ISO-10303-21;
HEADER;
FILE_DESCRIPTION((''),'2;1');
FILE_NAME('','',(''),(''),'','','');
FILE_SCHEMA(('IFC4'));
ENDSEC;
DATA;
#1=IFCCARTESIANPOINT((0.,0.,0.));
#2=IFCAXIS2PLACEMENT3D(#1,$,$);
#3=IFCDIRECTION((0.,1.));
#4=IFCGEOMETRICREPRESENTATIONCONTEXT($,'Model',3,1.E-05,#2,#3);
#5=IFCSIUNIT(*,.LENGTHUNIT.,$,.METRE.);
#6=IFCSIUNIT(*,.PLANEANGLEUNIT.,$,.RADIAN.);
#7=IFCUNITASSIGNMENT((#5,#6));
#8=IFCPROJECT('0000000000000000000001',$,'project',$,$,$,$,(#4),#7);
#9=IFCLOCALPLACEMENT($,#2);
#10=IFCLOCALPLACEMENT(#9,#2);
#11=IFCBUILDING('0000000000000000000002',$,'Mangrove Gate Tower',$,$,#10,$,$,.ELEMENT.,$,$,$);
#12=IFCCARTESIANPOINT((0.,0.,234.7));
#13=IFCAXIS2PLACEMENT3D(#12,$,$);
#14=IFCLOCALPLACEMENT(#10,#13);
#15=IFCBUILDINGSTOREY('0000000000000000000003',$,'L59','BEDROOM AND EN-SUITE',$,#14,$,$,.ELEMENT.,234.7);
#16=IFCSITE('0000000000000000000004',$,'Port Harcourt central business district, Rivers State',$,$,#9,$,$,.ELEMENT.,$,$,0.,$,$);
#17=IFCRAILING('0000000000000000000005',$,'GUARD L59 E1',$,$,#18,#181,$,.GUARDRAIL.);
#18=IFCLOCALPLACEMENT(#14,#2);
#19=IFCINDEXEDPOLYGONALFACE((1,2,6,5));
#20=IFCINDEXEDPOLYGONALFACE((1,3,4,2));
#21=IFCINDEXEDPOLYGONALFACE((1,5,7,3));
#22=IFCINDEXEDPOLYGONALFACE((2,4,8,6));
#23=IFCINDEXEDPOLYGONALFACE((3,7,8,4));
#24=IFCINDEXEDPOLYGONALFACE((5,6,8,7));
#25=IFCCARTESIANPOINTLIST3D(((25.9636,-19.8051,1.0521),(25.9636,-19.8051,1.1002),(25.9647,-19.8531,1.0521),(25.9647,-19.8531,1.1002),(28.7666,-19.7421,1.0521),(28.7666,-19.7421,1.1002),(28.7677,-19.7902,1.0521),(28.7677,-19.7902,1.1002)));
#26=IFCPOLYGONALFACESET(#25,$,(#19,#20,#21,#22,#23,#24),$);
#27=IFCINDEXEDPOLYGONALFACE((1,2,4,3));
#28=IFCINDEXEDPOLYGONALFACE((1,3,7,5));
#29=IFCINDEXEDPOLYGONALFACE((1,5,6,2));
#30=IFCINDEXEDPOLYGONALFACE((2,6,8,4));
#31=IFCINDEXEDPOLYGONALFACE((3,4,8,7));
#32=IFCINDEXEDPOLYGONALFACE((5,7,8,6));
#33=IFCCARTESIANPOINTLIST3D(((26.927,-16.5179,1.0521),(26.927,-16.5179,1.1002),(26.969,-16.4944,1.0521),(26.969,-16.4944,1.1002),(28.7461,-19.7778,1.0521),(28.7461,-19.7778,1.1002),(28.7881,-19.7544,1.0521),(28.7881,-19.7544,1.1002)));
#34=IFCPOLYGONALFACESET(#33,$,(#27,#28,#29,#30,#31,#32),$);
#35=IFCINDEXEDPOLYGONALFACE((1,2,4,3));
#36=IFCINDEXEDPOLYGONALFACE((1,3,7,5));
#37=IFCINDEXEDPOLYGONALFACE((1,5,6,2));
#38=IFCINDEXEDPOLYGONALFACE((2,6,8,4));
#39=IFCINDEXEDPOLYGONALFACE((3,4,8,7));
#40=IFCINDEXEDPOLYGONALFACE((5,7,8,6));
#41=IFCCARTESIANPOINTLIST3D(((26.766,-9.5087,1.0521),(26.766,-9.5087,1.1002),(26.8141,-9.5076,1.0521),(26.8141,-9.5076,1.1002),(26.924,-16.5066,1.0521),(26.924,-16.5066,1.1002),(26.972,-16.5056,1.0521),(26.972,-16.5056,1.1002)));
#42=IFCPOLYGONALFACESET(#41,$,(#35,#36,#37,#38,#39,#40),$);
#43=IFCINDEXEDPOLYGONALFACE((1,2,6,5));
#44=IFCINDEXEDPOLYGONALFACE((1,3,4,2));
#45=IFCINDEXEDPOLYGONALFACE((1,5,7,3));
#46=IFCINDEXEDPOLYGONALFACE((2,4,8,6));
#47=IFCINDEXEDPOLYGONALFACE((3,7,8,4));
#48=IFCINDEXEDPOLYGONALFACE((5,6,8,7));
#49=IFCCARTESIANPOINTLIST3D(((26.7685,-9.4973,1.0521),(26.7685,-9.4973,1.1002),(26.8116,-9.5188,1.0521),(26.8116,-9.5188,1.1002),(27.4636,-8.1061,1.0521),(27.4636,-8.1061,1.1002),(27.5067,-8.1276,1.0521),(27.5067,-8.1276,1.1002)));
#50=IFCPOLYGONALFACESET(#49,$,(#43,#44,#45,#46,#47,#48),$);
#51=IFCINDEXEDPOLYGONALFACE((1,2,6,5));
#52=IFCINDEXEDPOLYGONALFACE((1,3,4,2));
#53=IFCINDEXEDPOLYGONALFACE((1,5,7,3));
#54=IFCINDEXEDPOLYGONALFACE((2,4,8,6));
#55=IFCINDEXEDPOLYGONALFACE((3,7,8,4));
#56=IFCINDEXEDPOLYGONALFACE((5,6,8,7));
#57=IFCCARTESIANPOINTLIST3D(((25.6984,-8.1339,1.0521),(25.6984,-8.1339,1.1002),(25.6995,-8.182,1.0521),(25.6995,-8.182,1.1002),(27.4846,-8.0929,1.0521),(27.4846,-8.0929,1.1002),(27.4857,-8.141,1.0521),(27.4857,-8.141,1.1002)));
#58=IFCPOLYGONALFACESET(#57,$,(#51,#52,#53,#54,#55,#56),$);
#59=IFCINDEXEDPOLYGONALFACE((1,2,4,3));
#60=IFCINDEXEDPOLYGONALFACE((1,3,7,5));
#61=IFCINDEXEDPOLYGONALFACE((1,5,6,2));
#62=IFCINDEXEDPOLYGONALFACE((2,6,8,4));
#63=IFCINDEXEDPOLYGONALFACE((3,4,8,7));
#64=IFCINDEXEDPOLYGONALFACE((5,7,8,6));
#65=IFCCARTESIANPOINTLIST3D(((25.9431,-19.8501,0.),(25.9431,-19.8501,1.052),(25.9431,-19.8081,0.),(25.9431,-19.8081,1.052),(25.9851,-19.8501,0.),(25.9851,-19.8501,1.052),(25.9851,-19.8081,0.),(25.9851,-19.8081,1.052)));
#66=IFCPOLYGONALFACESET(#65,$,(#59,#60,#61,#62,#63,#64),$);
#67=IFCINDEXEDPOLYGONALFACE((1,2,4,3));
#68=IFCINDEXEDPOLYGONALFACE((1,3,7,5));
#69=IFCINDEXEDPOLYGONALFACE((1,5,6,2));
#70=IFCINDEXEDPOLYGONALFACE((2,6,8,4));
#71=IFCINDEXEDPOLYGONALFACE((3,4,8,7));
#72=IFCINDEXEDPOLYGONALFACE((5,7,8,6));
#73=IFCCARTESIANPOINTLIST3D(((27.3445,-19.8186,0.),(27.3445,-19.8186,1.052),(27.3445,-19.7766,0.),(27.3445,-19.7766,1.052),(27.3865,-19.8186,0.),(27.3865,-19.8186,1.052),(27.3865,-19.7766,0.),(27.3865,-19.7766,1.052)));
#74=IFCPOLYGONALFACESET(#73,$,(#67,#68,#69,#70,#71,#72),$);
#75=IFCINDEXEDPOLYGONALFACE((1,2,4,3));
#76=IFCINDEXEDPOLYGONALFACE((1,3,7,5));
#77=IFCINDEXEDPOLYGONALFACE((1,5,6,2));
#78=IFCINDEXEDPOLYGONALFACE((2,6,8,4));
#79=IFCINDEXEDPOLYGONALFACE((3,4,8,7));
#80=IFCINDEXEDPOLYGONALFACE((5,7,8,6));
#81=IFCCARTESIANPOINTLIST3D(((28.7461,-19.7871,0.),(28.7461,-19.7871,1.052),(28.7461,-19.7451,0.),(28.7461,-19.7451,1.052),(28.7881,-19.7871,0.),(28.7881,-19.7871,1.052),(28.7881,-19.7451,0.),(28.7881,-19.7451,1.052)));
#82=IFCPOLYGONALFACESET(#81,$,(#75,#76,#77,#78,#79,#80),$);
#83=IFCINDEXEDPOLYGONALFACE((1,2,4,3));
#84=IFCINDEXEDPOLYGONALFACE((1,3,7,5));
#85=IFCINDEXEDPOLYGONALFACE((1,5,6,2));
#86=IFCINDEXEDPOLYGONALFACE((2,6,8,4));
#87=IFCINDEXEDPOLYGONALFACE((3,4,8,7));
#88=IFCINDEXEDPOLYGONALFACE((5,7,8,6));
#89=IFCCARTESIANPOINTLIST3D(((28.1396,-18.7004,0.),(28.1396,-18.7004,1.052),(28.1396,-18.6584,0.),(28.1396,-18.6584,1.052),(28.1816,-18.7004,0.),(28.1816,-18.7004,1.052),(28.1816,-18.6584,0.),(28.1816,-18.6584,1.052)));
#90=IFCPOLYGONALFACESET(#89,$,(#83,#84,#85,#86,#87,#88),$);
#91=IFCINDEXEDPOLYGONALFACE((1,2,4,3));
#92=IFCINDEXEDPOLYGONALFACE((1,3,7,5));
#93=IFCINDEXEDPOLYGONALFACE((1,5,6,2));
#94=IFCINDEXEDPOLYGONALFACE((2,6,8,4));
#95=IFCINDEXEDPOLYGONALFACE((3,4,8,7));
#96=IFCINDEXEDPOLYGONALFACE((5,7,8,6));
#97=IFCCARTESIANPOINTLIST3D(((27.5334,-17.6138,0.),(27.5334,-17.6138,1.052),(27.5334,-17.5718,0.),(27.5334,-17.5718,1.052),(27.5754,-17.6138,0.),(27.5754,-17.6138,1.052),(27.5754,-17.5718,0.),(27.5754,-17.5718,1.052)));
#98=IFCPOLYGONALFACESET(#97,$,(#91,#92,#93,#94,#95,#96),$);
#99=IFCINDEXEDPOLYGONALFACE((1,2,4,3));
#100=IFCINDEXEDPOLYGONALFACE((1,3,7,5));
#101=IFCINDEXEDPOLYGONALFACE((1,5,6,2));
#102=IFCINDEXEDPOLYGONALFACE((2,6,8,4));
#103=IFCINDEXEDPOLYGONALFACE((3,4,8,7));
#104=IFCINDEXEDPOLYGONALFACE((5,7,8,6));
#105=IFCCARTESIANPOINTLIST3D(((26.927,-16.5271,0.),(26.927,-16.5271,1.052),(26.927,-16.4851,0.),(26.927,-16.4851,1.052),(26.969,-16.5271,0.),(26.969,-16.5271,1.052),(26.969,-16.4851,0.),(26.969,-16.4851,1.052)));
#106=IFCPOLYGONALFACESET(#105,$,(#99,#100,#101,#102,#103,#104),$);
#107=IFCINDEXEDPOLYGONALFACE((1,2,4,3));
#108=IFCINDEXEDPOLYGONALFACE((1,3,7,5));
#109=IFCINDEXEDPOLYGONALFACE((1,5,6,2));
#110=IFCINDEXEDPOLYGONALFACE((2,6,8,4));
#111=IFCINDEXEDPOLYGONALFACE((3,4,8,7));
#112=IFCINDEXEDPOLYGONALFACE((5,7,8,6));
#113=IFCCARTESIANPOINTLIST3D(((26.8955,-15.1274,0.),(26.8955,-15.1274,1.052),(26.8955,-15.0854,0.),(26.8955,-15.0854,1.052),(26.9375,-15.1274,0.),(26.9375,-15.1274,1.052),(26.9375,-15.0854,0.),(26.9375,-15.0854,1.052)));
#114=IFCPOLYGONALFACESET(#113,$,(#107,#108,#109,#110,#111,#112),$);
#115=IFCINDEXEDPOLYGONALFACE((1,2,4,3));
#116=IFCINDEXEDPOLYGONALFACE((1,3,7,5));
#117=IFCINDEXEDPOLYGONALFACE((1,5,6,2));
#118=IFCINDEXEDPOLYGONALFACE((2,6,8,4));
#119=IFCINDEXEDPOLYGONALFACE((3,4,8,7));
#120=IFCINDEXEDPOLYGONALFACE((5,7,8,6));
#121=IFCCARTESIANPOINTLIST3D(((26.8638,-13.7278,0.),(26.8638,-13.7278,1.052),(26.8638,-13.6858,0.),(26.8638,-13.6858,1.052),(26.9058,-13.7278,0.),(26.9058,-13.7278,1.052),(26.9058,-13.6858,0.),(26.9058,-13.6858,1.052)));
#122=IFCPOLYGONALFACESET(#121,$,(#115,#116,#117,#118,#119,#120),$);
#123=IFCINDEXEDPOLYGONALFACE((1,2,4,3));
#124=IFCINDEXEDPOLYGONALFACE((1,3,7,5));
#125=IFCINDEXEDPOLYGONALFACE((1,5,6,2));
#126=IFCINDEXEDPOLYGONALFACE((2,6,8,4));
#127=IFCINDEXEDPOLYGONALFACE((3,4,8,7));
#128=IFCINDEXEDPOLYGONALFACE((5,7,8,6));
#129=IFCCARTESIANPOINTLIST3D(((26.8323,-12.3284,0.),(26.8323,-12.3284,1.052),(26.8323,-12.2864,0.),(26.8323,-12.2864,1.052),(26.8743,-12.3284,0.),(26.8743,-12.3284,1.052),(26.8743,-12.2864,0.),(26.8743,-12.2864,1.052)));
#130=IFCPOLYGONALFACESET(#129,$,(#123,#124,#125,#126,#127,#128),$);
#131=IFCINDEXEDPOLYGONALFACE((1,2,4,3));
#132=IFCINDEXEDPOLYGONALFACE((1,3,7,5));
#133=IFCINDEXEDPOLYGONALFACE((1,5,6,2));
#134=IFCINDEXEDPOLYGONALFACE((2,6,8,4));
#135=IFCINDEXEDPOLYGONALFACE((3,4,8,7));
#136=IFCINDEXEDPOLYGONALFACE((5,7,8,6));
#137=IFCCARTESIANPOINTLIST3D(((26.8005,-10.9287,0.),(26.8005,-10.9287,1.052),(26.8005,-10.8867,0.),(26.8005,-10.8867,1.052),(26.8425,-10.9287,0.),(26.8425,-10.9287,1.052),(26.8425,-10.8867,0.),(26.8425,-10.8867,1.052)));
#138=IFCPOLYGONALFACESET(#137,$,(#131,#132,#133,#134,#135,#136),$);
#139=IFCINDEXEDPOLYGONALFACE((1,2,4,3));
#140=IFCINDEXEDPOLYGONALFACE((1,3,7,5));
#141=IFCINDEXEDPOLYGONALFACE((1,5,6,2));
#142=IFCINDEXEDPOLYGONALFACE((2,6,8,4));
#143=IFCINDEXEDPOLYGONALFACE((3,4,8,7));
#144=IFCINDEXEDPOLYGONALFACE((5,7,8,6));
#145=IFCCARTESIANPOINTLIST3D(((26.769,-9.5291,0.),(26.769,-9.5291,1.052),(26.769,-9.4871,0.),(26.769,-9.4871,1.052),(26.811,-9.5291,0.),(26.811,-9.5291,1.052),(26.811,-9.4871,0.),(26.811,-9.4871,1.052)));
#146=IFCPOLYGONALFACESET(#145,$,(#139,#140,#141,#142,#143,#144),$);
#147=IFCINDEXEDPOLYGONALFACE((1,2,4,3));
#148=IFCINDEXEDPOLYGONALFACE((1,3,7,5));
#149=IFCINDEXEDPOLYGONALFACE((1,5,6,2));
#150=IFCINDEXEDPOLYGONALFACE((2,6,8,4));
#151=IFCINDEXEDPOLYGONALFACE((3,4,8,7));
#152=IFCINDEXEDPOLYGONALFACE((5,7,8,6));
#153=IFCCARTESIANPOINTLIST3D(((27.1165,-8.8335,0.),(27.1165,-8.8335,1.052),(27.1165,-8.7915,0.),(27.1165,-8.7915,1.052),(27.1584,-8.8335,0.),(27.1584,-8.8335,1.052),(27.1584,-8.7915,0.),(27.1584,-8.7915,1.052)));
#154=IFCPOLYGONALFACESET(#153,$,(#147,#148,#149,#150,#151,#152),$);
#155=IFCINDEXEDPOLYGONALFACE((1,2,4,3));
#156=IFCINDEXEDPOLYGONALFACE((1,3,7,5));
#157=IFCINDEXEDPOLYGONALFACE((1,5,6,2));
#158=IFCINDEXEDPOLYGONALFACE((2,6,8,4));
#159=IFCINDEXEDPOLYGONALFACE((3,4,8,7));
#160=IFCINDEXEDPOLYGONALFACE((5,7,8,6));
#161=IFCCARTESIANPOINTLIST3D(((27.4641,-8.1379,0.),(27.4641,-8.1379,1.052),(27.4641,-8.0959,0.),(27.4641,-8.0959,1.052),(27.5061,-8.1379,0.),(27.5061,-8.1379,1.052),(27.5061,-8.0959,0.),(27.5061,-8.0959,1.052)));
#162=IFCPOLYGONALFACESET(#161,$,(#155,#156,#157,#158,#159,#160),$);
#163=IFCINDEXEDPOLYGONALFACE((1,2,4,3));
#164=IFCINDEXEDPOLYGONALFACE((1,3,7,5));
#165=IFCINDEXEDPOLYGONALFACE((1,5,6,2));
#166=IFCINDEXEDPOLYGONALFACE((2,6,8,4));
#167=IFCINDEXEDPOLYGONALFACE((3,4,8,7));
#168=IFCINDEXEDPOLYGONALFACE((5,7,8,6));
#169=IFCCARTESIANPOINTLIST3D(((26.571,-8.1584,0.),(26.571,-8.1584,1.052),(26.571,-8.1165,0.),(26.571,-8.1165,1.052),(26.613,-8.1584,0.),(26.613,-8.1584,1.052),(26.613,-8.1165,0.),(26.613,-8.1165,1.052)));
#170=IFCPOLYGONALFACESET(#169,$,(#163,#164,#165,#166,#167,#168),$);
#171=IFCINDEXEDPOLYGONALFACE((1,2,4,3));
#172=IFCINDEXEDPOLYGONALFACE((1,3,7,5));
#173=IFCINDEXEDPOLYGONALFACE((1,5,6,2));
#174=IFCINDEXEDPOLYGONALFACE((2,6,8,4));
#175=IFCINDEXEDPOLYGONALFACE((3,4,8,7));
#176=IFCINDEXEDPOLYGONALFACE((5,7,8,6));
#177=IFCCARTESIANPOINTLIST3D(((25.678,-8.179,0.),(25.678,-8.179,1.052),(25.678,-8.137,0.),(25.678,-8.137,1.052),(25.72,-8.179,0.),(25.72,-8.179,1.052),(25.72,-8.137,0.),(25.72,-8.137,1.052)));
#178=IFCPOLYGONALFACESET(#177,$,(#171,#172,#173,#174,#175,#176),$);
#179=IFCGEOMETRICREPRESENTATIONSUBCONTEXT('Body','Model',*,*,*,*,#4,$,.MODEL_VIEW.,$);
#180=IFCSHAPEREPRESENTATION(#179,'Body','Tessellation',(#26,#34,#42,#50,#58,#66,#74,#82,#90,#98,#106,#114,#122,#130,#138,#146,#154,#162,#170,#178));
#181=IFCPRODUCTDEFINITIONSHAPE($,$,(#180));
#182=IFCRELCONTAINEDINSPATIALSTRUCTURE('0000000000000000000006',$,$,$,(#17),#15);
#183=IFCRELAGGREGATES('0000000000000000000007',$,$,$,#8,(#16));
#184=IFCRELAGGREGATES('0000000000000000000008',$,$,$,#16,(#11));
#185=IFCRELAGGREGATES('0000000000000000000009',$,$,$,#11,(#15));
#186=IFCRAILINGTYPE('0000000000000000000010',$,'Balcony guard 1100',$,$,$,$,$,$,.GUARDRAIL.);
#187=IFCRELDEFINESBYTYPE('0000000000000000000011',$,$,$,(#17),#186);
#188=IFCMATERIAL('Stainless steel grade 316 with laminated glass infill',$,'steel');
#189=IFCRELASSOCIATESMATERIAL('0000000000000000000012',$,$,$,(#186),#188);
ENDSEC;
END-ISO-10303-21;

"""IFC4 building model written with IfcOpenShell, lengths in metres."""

from ifc_helpers import new_model, si_unit, direction, frame, origin, origin_2d, place, context, subcontext, project, spatial, rectangle, extrude, material, type_object, element, save


model = new_model("IFC4")

# Units and contexts
model_context = context("Model", 3, precision=1e-05, world=origin(), true_north=direction((0.0, 1.0)))
body_context = subcontext(model_context, "Body", "Model", "MODEL_VIEW")
ifc_project = project(units=[si_unit("LENGTHUNIT", "METRE"), si_unit("PLANEANGLEUNIT", "RADIAN")], contexts=[model_context])

# Site, building, storey
site_placement = place(None, origin())
site = spatial("IfcSite", under=ifc_project, at=site_placement, Name="Port Harcourt central business district, Rivers State", CompositionType="ELEMENT", RefElevation=0.0)
building_placement = place(site_placement, origin())
building = spatial("IfcBuilding", under=site, at=building_placement, Name="Mangrove Gate Tower", CompositionType="ELEMENT")
storey_placement = place(building_placement, frame((0.0, 0.0, 234.7)))
storey = spatial("IfcBuildingStorey", under=building, at=storey_placement, Name="L59", Description="BEDROOM AND EN-SUITE", CompositionType="ELEMENT", Elevation=234.7)

# Railing
ifc_material_1 = material(Name="Stainless steel grade 316 with laminated glass infill", Category="steel")
railing_type = type_object("IfcRailingType", Name="Balcony guard 1100", PredefinedType="GUARDRAIL", material=ifc_material_1)
railing_placement = place(storey_placement, frame((25.9641, -19.8291, 0.0)))
element("IfcRailing", 1, at=railing_placement, inside=storey, type_object=railing_type, Name="GUARD L59 E1", PredefinedType="GUARDRAIL", context=body_context, shape_type="SweptSolid", body=[
    extrude(rectangle(XDim=0.0481, YDim=0.0481, at=origin_2d()), frame((0.0, 0.0, 1.0762), z_axis=(0.999748, 0.022466, 0.0), x_axis=(-0.022466, 0.999748, 0.0)), (0.0, 0.0, 1.0), 2.8037),
    extrude(rectangle(XDim=0.0481, YDim=0.0481, at=origin_2d()), frame((2.803, 0.063, 1.0762), z_axis=(-0.487275, 0.873249, 0.0), x_axis=(-0.873249, -0.487275, 0.0)), (0.0, 0.0, 1.0), 3.7332),
    extrude(rectangle(XDim=0.0481, YDim=0.0481, at=origin_2d()), frame((0.9839, 3.323, 1.0762), z_axis=(-0.022566, 0.999745, 0.0), x_axis=(-0.999745, -0.022566, 0.0)), (0.0, 0.0, 1.0), 6.9998),
    extrude(rectangle(XDim=0.0481, YDim=0.0481, at=origin_2d()), frame((0.8259, 10.321, 1.0762), z_axis=(0.446962, 0.894553, 0.0), x_axis=(-0.894553, 0.446962, 0.0)), (0.0, 0.0, 1.0), 1.5552),
    extrude(rectangle(XDim=0.0481, YDim=0.0481, at=origin_2d()), frame((1.521, 11.7122, 1.0762), z_axis=(-0.999736, -0.022957, 0.0), x_axis=(0.022957, -0.999736, 0.0)), (0.0, 0.0, 1.0), 1.7866),
    extrude(rectangle(XDim=0.042, YDim=0.042, at=origin_2d()), origin(), (0.0, 0.0, 1.0), 1.052),
    extrude(rectangle(XDim=0.042, YDim=0.042, at=origin_2d()), frame((1.4014, 0.0315, 0.0)), (0.0, 0.0, 1.0), 1.052),
    extrude(rectangle(XDim=0.042, YDim=0.042, at=origin_2d()), frame((2.803, 0.063, 0.0)), (0.0, 0.0, 1.0), 1.052),
    extrude(rectangle(XDim=0.042, YDim=0.042, at=origin_2d()), frame((2.1965, 1.1497, 0.0)), (0.0, 0.0, 1.0), 1.052),
    extrude(rectangle(XDim=0.042, YDim=0.042, at=origin_2d()), frame((1.5903, 2.2363, 0.0)), (0.0, 0.0, 1.0), 1.052),
    extrude(rectangle(XDim=0.042, YDim=0.042, at=origin_2d()), frame((0.9839, 3.323, 0.0)), (0.0, 0.0, 1.0), 1.052),
    extrude(rectangle(XDim=0.042, YDim=0.042, at=origin_2d()), frame((0.9524, 4.7227, 0.0)), (0.0, 0.0, 1.0), 1.052),
    extrude(rectangle(XDim=0.042, YDim=0.042, at=origin_2d()), frame((0.9207, 6.1223, 0.0)), (0.0, 0.0, 1.0), 1.052),
    extrude(rectangle(XDim=0.042, YDim=0.042, at=origin_2d()), frame((0.8892, 7.5217, 0.0)), (0.0, 0.0, 1.0), 1.052),
    extrude(rectangle(XDim=0.042, YDim=0.042, at=origin_2d()), frame((0.8574, 8.9214, 0.0)), (0.0, 0.0, 1.0), 1.052),
    extrude(rectangle(XDim=0.042, YDim=0.042, at=origin_2d()), frame((0.8259, 10.321, 0.0)), (0.0, 0.0, 1.0), 1.052),
    extrude(rectangle(XDim=0.042, YDim=0.042, at=origin_2d()), frame((1.1733, 11.0166, 0.0)), (0.0, 0.0, 1.0), 1.052),
    extrude(rectangle(XDim=0.042, YDim=0.042, at=origin_2d()), frame((1.521, 11.7122, 0.0)), (0.0, 0.0, 1.0), 1.052),
    extrude(rectangle(XDim=0.042, YDim=0.042, at=origin_2d()), frame((0.6279, 11.6917, 0.0)), (0.0, 0.0, 1.0), 1.052),
    extrude(rectangle(XDim=0.042, YDim=0.042, at=origin_2d()), frame((-0.2651, 11.6711, 0.0)), (0.0, 0.0, 1.0), 1.052),
])

save(model, "model.ifc")
